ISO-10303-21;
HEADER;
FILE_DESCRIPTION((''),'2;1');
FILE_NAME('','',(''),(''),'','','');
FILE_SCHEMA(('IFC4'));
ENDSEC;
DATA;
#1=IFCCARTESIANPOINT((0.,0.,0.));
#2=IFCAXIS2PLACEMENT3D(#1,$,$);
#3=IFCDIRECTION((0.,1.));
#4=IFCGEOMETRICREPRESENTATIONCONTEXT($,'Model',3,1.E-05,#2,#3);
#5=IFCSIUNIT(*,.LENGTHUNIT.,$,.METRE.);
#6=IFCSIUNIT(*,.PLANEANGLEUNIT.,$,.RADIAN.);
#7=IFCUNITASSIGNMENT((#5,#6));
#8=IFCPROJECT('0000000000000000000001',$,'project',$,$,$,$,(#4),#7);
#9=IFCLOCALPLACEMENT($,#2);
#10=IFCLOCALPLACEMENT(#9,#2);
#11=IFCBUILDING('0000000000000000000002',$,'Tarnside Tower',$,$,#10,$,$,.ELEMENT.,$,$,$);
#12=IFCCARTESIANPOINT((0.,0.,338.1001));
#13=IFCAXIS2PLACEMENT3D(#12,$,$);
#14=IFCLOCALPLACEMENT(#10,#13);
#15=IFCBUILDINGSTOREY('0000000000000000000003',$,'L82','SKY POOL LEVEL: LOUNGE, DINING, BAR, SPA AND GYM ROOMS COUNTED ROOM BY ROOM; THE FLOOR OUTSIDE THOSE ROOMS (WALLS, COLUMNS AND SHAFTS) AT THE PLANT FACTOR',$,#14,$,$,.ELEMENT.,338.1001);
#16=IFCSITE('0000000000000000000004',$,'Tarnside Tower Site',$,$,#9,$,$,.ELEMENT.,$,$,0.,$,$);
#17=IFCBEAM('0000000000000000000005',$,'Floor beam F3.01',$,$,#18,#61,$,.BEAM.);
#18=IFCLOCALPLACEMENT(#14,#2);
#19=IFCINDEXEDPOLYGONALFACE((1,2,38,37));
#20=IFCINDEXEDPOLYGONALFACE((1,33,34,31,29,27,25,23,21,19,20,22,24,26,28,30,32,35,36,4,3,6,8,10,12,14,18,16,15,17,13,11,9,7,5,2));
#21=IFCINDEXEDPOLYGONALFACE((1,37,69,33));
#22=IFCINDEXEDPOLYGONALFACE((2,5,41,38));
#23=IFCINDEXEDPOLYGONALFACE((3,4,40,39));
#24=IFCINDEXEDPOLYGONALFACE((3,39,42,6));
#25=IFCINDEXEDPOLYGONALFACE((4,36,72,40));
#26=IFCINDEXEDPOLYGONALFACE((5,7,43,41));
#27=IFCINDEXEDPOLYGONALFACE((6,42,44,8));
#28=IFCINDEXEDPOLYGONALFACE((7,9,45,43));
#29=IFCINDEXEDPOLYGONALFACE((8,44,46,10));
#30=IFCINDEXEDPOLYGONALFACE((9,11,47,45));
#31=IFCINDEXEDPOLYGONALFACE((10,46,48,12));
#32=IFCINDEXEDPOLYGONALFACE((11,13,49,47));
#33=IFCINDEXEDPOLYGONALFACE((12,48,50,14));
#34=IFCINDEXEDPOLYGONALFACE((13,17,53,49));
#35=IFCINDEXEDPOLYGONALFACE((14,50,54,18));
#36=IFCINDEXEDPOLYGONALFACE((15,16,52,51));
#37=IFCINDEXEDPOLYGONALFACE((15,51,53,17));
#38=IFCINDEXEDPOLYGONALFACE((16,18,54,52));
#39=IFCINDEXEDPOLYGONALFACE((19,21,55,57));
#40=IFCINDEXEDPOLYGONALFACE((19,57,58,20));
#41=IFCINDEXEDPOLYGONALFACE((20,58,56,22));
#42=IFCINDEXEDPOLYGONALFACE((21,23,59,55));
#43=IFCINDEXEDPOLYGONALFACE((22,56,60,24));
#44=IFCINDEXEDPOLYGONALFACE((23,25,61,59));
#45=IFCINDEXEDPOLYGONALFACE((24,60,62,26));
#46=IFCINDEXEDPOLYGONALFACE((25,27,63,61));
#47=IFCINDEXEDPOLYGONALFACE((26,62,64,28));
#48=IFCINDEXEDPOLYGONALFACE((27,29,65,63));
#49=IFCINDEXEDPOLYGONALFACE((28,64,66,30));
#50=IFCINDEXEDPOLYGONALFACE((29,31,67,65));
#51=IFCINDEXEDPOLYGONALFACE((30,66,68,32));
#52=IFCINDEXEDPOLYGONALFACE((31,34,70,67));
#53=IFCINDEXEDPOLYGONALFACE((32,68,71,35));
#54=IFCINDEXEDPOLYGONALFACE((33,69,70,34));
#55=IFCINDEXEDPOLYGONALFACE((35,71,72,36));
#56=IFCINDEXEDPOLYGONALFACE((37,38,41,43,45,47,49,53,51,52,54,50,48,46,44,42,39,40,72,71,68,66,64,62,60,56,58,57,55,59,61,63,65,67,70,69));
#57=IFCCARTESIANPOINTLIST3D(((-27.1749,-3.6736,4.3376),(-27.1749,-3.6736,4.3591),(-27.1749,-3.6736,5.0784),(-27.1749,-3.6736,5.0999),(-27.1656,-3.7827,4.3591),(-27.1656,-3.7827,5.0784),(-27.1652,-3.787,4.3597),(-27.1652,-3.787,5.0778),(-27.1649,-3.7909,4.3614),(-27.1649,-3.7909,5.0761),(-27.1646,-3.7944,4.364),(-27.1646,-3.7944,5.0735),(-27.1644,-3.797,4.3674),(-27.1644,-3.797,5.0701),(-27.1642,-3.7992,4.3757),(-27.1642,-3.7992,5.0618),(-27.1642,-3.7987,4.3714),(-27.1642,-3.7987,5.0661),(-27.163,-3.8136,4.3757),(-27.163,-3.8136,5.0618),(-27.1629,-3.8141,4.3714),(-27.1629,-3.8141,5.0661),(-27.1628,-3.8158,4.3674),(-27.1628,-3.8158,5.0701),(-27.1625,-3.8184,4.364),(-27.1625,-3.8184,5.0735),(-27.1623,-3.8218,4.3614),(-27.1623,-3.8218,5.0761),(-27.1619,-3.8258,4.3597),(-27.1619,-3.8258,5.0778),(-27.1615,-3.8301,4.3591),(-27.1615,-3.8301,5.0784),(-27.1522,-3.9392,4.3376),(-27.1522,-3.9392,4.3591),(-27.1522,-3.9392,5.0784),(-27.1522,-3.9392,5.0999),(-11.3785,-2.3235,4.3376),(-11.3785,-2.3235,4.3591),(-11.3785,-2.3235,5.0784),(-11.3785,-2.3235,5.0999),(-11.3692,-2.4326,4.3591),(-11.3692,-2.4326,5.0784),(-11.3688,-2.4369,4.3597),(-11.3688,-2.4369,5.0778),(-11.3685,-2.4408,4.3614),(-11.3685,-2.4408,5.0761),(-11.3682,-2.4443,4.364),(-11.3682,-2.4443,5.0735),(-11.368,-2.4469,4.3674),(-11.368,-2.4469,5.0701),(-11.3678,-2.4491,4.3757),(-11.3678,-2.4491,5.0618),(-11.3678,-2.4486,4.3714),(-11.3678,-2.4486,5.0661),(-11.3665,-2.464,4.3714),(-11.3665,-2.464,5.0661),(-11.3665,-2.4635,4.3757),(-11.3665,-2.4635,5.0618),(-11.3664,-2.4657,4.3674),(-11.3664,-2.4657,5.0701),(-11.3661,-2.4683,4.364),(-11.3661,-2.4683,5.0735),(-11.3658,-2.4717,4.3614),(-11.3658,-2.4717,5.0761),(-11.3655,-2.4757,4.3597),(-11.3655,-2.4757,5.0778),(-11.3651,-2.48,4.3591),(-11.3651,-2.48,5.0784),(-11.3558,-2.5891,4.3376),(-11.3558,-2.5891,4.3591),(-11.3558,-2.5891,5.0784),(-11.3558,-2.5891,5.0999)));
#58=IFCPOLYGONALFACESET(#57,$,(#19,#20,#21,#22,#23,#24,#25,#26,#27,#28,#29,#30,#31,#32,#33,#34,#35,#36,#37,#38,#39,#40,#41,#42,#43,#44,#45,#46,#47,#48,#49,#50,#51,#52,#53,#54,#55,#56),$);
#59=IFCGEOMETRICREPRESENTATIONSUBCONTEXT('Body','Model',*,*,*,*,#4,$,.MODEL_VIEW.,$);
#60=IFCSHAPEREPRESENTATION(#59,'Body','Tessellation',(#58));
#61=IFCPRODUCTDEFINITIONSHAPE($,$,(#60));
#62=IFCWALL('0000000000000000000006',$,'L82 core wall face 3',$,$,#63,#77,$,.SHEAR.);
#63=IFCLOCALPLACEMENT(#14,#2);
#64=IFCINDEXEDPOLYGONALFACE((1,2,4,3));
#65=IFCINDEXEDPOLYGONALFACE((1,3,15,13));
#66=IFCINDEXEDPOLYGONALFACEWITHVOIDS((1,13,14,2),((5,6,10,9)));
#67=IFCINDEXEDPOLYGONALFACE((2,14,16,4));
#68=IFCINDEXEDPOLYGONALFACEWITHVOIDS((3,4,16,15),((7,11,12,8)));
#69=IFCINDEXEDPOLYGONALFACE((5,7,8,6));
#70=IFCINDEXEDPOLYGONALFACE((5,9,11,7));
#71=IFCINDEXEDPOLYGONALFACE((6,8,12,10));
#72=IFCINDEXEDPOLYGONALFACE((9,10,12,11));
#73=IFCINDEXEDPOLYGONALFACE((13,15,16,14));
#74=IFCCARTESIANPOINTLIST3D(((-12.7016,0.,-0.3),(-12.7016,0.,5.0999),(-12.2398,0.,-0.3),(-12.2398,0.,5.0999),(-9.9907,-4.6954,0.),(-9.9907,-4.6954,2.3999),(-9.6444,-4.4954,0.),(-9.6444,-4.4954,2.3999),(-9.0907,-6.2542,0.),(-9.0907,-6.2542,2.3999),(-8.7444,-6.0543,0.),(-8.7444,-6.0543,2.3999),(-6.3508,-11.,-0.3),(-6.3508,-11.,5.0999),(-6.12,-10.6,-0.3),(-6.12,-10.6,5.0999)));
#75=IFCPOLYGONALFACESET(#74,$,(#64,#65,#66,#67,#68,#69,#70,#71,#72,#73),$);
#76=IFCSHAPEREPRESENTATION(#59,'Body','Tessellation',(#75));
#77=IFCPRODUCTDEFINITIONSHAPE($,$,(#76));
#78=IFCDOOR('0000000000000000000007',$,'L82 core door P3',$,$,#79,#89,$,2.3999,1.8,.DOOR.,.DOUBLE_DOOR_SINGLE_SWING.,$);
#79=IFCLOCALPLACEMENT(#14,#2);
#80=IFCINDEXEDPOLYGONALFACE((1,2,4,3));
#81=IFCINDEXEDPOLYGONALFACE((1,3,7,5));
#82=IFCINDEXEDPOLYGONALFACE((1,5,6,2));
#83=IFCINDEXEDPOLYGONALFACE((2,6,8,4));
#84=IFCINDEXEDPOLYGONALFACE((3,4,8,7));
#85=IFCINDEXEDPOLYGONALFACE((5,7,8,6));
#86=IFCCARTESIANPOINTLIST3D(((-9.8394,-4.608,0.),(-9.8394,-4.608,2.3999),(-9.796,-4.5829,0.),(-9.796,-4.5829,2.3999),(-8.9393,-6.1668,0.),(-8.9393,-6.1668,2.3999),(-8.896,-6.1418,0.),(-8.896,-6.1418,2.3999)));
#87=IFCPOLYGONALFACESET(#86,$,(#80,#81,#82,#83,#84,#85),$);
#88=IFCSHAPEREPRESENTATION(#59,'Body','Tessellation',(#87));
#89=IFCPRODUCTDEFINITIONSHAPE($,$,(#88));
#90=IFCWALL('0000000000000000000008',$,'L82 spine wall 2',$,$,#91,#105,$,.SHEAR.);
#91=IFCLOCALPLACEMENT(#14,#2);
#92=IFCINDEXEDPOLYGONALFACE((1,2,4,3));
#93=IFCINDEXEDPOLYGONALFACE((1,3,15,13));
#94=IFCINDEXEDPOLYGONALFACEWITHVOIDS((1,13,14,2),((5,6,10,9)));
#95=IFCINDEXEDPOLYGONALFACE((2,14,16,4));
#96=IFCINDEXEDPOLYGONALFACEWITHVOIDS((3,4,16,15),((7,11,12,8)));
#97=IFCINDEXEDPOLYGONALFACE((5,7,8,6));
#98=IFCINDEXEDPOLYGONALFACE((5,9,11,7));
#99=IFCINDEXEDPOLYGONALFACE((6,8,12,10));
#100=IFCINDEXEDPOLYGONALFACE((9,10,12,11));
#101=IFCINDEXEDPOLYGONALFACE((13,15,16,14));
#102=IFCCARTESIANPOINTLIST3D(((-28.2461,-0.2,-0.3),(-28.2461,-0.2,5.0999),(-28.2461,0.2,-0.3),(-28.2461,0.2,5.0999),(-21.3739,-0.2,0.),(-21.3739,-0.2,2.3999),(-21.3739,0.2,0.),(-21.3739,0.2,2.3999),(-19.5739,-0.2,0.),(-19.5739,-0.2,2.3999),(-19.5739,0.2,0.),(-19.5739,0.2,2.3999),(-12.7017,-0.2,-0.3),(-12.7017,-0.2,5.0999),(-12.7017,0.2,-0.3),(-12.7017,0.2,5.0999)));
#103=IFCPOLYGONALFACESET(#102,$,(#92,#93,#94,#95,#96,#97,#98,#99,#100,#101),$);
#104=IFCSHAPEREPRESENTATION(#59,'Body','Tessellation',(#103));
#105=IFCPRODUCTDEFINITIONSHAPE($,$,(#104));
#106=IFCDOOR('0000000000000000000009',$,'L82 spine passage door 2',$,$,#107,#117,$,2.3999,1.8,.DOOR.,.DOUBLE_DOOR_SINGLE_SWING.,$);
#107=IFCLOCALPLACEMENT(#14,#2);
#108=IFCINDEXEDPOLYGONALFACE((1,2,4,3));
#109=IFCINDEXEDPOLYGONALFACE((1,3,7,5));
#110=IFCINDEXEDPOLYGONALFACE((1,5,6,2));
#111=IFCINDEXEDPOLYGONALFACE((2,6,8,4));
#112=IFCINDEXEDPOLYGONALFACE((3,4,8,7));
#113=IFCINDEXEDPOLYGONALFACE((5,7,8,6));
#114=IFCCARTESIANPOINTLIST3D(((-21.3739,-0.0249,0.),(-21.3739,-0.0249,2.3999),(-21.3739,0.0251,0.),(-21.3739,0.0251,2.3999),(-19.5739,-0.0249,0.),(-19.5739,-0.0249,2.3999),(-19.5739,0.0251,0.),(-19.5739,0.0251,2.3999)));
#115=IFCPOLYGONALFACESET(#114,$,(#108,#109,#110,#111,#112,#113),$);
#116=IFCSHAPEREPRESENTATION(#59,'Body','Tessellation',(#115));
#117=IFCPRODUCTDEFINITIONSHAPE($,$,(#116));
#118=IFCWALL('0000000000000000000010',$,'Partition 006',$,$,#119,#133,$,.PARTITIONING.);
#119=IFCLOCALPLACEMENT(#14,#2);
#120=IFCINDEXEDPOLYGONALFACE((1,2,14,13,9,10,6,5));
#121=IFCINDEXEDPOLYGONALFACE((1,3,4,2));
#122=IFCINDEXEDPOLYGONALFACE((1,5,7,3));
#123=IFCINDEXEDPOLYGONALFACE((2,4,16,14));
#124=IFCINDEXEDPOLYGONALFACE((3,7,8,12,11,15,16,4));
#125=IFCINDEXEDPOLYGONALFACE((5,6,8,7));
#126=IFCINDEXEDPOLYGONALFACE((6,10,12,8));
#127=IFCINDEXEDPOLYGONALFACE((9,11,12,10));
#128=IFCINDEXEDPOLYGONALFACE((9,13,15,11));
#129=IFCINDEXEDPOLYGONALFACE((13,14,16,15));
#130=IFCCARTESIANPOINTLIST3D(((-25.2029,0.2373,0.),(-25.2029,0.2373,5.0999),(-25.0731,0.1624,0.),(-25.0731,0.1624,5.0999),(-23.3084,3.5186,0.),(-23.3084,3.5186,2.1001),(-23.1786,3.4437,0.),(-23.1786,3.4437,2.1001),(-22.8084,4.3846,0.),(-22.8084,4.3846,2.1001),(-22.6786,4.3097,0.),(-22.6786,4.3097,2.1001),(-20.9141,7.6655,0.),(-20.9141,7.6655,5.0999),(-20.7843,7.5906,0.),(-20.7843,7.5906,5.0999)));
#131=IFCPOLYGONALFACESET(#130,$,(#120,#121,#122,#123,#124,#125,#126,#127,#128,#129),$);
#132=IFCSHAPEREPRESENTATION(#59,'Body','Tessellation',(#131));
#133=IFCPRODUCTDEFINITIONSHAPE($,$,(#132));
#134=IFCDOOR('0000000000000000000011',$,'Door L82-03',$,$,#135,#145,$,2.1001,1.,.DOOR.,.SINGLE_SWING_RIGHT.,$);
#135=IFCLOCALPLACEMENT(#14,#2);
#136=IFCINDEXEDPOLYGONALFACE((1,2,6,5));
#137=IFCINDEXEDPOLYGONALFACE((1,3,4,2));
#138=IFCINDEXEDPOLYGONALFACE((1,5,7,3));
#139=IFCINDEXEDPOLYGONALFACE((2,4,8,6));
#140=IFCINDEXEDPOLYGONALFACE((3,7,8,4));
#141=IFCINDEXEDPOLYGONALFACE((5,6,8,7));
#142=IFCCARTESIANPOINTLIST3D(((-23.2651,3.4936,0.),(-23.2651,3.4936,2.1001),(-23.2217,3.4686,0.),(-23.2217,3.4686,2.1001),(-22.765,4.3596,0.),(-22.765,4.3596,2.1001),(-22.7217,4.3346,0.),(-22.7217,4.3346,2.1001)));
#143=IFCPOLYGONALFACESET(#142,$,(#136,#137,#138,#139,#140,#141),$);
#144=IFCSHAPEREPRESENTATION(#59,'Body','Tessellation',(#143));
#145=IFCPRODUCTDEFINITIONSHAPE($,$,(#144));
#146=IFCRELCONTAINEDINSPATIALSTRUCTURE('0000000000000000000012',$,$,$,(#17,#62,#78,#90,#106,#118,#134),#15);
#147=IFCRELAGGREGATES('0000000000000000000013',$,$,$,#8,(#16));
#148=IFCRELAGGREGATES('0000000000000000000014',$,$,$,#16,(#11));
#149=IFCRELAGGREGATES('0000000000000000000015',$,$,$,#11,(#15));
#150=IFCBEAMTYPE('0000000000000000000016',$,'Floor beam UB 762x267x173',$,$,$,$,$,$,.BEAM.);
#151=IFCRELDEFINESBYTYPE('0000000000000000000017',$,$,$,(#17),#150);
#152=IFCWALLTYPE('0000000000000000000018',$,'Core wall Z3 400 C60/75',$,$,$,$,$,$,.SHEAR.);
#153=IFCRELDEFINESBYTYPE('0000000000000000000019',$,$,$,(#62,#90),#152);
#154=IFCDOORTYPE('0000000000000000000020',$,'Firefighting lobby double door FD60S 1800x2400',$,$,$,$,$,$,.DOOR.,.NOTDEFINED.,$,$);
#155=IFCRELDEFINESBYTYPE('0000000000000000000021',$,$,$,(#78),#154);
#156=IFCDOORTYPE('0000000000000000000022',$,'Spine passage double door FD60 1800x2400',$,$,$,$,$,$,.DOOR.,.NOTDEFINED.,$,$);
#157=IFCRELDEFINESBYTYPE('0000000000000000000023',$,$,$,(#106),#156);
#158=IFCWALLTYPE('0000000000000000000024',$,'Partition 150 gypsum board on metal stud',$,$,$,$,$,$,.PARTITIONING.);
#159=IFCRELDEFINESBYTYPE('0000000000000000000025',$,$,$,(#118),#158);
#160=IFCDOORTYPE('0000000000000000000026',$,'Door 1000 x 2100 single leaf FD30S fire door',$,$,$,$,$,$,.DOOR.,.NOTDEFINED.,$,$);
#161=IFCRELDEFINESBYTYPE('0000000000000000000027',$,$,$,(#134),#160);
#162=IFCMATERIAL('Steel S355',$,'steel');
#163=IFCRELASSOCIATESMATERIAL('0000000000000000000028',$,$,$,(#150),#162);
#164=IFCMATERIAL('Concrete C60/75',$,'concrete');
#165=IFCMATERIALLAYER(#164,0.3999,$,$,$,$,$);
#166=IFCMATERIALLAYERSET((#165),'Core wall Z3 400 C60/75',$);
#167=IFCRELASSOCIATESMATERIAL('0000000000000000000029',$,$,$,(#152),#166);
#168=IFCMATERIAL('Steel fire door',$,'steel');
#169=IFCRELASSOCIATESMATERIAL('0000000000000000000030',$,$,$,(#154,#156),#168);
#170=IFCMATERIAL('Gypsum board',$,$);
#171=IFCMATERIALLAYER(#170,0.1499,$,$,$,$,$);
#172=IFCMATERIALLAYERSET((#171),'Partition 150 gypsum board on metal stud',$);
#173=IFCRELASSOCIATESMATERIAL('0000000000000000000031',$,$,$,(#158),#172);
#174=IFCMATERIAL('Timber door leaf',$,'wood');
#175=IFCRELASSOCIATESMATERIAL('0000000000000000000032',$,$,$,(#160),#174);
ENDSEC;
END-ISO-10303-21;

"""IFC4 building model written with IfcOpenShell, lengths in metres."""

from ifc_helpers import new_model, si_unit, direction, frame, frame_2d, origin, origin_2d, place, context, subcontext, project, spatial, polyline, rectangle, i_section, outline, extrude, material, layer, layer_set, material_profile, profile_set, type_object, element, fill, save


model = new_model("IFC4")

# Units and contexts
model_context = context("Model", 3, precision=1e-05, world=origin(), true_north=direction((0.0, 1.0)))
body_context = subcontext(model_context, "Body", "Model", "MODEL_VIEW")
ifc_project = project(units=[si_unit("LENGTHUNIT", "METRE"), si_unit("PLANEANGLEUNIT", "RADIAN")], contexts=[model_context])

# Site, building, storey
site_placement = place(None, origin())
site = spatial("IfcSite", under=ifc_project, at=site_placement, Name="Tarnside Tower Site", CompositionType="ELEMENT", RefElevation=0.0)
building_placement = place(site_placement, origin())
building = spatial("IfcBuilding", under=site, at=building_placement, Name="Tarnside Tower", CompositionType="ELEMENT")
storey_placement = place(building_placement, frame((0.0, 0.0, 338.1001)))
storey = spatial("IfcBuildingStorey", under=building, at=storey_placement, Name="L82", Description="SKY POOL LEVEL: LOUNGE, DINING, BAR, SPA AND GYM ROOMS COUNTED ROOM BY ROOM; THE FLOOR OUTSIDE THOSE ROOMS (WALLS, COLUMNS AND SHAFTS) AT THE PLANT FACTOR", CompositionType="ELEMENT", Elevation=338.1001)

# Beam
ifc_material_1 = material(Name="Steel S355", Category="steel")
ifc_material_profile_1 = material_profile(ifc_material_1, i_section(OverallWidth=0.2666, OverallDepth=0.7622, WebThickness=0.0144, FlangeThickness=0.0215, FilletRadius=0.0166, at=origin_2d()), Name="UB 762x267x173")
ifc_profile_set_1 = profile_set([ifc_material_profile_1], Name="Steel S355")
beam_type_1 = type_object("IfcBeamType", Name="Floor beam UB 762x267x173", PredefinedType="BEAM", material=ifc_profile_set_1)
beam_1_placement = place(storey_placement, frame((-27.1636, -3.8064, 4.7188), z_axis=(0.996367, 0.085158, 0.0), x_axis=(-0.085158, 0.996367, 0.0)))
element("IfcBeam", 1, at=beam_1_placement, inside=storey, type_object=beam_type_1, Name="Floor beam F3.01", PredefinedType="BEAM", context=body_context, shape_type="SweptSolid", body=[
    extrude(i_section(OverallWidth=0.2666, OverallDepth=0.7622, WebThickness=0.0144, FlangeThickness=0.0215, FilletRadius=0.0166, at=origin_2d()), origin(), (0.0, 0.0, 1.0), 15.854),
])

# Walls, openings, doors
ifc_material_2 = material(Name="Concrete C60/75", Category="concrete")
ifc_layer_1 = layer(ifc_material_2, 0.3999)
ifc_layer_set_1 = layer_set([ifc_layer_1], Name="Core wall Z3 400 C60/75")
wall_type_1 = type_object("IfcWallType", Name="Core wall Z3 400 C60/75", PredefinedType="SHEAR", material=ifc_layer_set_1)
wall_1_placement = place(storey_placement, frame((-12.4707, 0.0, -0.3), z_axis=(0.0, 0.0, 1.0), x_axis=(0.499996, -0.866027, 0.0)))
wall_1 = element("IfcWall", 2, at=wall_1_placement, inside=storey, type_object=wall_type_1, Name="L82 core wall face 3", PredefinedType="SHEAR", context=body_context, shape_type="SweptSolid", body=[
    extrude(outline(polyline([(-0.1155, -0.2), (12.5862, -0.2), (12.3552, 0.2), (0.1155, 0.2), (-0.1155, -0.2)])), origin(), (0.0, 0.0, 1.0), 5.3999),
])
opening_1_placement = place(wall_1_placement, frame((5.3064, 0.0, 0.3)))
opening_1 = element("IfcOpeningElement", 3, at=opening_1_placement, cuts=wall_1, PredefinedType="OPENING", context=body_context, shape_type="SweptSolid", body=[
    extrude(rectangle(XDim=1.8, YDim=2.3999, at=frame_2d((0.8999, 1.2))), frame((0.0, 0.21, 0.0), z_axis=(0.0, -1.0, 0.0), x_axis=(1.0, 0.0, 0.0)), (0.0, 0.0, 1.0), 0.4199),
])
ifc_material_3 = material(Name="Steel fire door", Category="steel")
door_type_1 = type_object("IfcDoorType", Name="Firefighting lobby double door FD60S 1800x2400", OperationType="NOTDEFINED", PredefinedType="DOOR", material=ifc_material_3)
door_1_placement = place(opening_1_placement, origin())
door_1 = element("IfcDoor", 4, at=door_1_placement, inside=storey, type_object=door_type_1, Name="L82 core door P3", OperationType="DOUBLE_DOOR_SINGLE_SWING", OverallHeight=2.3999, OverallWidth=1.8, PredefinedType="DOOR", context=body_context, shape_type="SweptSolid", body=[
    extrude(rectangle(XDim=1.8, YDim=2.3999, at=frame_2d((0.8999, 1.2))), frame((0.0, 0.0249, 0.0), z_axis=(0.0, -1.0, 0.0), x_axis=(1.0, 0.0, 0.0)), (0.0, 0.0, 1.0), 0.05),
])
fill(opening_1, door_1)
wall_2_placement = place(storey_placement, frame((-12.7017, 0.0, -0.3), z_axis=(0.0, 0.0, 1.0), x_axis=(-1.0, 0.0, 0.0)))
wall_2 = element("IfcWall", 5, at=wall_2_placement, inside=storey, type_object=wall_type_1, Name="L82 spine wall 2", PredefinedType="SHEAR", context=body_context, shape_type="SweptSolid", body=[
    extrude(rectangle(XDim=15.5444, YDim=0.3999, at=frame_2d((7.7722, 0.0))), origin(), (0.0, 0.0, 1.0), 5.3999),
])
opening_2_placement = place(wall_2_placement, frame((6.8723, 0.0, 0.3)))
opening_2 = element("IfcOpeningElement", 6, at=opening_2_placement, cuts=wall_2, PredefinedType="OPENING", context=body_context, shape_type="SweptSolid", body=[
    extrude(rectangle(XDim=1.8, YDim=2.3999, at=frame_2d((0.8999, 1.2))), frame((0.0, 0.21, 0.0), z_axis=(0.0, -1.0, 0.0), x_axis=(1.0, 0.0, 0.0)), (0.0, 0.0, 1.0), 0.4199),
])
door_type_2 = type_object("IfcDoorType", Name="Spine passage double door FD60 1800x2400", OperationType="NOTDEFINED", PredefinedType="DOOR", material=ifc_material_3)
door_2_placement = place(opening_2_placement, origin())
door_2 = element("IfcDoor", 7, at=door_2_placement, inside=storey, type_object=door_type_2, Name="L82 spine passage door 2", OperationType="DOUBLE_DOOR_SINGLE_SWING", OverallHeight=2.3999, OverallWidth=1.8, PredefinedType="DOOR", context=body_context, shape_type="SweptSolid", body=[
    extrude(rectangle(XDim=1.8, YDim=2.3999, at=frame_2d((0.8999, 1.2))), frame((0.0, 0.0249, 0.0), z_axis=(0.0, -1.0, 0.0), x_axis=(1.0, 0.0, 0.0)), (0.0, 0.0, 1.0), 0.05),
])
fill(opening_2, door_2)
ifc_material_4 = material(Name="Gypsum board")
ifc_layer_2 = layer(ifc_material_4, 0.1499)
ifc_layer_set_2 = layer_set([ifc_layer_2], Name="Partition 150 gypsum board on metal stud")
wall_type_2 = type_object("IfcWallType", Name="Partition 150 gypsum board on metal stud", PredefinedType="PARTITIONING", material=ifc_layer_set_2)
wall_3_placement = place(storey_placement, frame((-25.1379, 0.2, 0.0), z_axis=(0.0, 0.0, 1.0), x_axis=(0.500012, 0.866019, 0.0)))
wall_3 = element("IfcWall", 8, at=wall_3_placement, inside=storey, type_object=wall_type_2, Name="Partition 006", PredefinedType="PARTITIONING", context=body_context, shape_type="SweptSolid", body=[
    extrude(rectangle(XDim=8.5774, YDim=0.1499, at=frame_2d((4.2886, 0.0))), origin(), (0.0, 0.0, 1.0), 5.0999),
])
opening_3_placement = place(wall_3_placement, frame((3.7888, 0.0, 0.0)))
opening_3 = element("IfcOpeningElement", 9, at=opening_3_placement, cuts=wall_3, PredefinedType="OPENING", context=body_context, shape_type="SweptSolid", body=[
    extrude(rectangle(XDim=1.0, YDim=2.1001, at=frame_2d((0.5, 1.05))), frame((0.0, 0.085, 0.0), z_axis=(0.0, -1.0, 0.0), x_axis=(1.0, 0.0, 0.0)), (0.0, 0.0, 1.0), 0.1699),
])
ifc_material_5 = material(Name="Timber door leaf", Category="wood")
door_type_3 = type_object("IfcDoorType", Name="Door 1000 x 2100 single leaf FD30S fire door", OperationType="NOTDEFINED", PredefinedType="DOOR", material=ifc_material_5)
door_3_placement = place(opening_3_placement, origin())
door_3 = element("IfcDoor", 10, at=door_3_placement, inside=storey, type_object=door_type_3, Name="Door L82-03", OperationType="SINGLE_SWING_RIGHT", OverallHeight=2.1001, OverallWidth=1.0, PredefinedType="DOOR", context=body_context, shape_type="SweptSolid", body=[
    extrude(rectangle(XDim=1.0, YDim=2.1001, at=frame_2d((0.5, 1.05))), frame((0.0, 0.0249, 0.0), z_axis=(0.0, -1.0, 0.0), x_axis=(1.0, 0.0, 0.0)), (0.0, 0.0, 1.0), 0.05),
])
fill(opening_3, door_3)

save(model, "model.ifc")
